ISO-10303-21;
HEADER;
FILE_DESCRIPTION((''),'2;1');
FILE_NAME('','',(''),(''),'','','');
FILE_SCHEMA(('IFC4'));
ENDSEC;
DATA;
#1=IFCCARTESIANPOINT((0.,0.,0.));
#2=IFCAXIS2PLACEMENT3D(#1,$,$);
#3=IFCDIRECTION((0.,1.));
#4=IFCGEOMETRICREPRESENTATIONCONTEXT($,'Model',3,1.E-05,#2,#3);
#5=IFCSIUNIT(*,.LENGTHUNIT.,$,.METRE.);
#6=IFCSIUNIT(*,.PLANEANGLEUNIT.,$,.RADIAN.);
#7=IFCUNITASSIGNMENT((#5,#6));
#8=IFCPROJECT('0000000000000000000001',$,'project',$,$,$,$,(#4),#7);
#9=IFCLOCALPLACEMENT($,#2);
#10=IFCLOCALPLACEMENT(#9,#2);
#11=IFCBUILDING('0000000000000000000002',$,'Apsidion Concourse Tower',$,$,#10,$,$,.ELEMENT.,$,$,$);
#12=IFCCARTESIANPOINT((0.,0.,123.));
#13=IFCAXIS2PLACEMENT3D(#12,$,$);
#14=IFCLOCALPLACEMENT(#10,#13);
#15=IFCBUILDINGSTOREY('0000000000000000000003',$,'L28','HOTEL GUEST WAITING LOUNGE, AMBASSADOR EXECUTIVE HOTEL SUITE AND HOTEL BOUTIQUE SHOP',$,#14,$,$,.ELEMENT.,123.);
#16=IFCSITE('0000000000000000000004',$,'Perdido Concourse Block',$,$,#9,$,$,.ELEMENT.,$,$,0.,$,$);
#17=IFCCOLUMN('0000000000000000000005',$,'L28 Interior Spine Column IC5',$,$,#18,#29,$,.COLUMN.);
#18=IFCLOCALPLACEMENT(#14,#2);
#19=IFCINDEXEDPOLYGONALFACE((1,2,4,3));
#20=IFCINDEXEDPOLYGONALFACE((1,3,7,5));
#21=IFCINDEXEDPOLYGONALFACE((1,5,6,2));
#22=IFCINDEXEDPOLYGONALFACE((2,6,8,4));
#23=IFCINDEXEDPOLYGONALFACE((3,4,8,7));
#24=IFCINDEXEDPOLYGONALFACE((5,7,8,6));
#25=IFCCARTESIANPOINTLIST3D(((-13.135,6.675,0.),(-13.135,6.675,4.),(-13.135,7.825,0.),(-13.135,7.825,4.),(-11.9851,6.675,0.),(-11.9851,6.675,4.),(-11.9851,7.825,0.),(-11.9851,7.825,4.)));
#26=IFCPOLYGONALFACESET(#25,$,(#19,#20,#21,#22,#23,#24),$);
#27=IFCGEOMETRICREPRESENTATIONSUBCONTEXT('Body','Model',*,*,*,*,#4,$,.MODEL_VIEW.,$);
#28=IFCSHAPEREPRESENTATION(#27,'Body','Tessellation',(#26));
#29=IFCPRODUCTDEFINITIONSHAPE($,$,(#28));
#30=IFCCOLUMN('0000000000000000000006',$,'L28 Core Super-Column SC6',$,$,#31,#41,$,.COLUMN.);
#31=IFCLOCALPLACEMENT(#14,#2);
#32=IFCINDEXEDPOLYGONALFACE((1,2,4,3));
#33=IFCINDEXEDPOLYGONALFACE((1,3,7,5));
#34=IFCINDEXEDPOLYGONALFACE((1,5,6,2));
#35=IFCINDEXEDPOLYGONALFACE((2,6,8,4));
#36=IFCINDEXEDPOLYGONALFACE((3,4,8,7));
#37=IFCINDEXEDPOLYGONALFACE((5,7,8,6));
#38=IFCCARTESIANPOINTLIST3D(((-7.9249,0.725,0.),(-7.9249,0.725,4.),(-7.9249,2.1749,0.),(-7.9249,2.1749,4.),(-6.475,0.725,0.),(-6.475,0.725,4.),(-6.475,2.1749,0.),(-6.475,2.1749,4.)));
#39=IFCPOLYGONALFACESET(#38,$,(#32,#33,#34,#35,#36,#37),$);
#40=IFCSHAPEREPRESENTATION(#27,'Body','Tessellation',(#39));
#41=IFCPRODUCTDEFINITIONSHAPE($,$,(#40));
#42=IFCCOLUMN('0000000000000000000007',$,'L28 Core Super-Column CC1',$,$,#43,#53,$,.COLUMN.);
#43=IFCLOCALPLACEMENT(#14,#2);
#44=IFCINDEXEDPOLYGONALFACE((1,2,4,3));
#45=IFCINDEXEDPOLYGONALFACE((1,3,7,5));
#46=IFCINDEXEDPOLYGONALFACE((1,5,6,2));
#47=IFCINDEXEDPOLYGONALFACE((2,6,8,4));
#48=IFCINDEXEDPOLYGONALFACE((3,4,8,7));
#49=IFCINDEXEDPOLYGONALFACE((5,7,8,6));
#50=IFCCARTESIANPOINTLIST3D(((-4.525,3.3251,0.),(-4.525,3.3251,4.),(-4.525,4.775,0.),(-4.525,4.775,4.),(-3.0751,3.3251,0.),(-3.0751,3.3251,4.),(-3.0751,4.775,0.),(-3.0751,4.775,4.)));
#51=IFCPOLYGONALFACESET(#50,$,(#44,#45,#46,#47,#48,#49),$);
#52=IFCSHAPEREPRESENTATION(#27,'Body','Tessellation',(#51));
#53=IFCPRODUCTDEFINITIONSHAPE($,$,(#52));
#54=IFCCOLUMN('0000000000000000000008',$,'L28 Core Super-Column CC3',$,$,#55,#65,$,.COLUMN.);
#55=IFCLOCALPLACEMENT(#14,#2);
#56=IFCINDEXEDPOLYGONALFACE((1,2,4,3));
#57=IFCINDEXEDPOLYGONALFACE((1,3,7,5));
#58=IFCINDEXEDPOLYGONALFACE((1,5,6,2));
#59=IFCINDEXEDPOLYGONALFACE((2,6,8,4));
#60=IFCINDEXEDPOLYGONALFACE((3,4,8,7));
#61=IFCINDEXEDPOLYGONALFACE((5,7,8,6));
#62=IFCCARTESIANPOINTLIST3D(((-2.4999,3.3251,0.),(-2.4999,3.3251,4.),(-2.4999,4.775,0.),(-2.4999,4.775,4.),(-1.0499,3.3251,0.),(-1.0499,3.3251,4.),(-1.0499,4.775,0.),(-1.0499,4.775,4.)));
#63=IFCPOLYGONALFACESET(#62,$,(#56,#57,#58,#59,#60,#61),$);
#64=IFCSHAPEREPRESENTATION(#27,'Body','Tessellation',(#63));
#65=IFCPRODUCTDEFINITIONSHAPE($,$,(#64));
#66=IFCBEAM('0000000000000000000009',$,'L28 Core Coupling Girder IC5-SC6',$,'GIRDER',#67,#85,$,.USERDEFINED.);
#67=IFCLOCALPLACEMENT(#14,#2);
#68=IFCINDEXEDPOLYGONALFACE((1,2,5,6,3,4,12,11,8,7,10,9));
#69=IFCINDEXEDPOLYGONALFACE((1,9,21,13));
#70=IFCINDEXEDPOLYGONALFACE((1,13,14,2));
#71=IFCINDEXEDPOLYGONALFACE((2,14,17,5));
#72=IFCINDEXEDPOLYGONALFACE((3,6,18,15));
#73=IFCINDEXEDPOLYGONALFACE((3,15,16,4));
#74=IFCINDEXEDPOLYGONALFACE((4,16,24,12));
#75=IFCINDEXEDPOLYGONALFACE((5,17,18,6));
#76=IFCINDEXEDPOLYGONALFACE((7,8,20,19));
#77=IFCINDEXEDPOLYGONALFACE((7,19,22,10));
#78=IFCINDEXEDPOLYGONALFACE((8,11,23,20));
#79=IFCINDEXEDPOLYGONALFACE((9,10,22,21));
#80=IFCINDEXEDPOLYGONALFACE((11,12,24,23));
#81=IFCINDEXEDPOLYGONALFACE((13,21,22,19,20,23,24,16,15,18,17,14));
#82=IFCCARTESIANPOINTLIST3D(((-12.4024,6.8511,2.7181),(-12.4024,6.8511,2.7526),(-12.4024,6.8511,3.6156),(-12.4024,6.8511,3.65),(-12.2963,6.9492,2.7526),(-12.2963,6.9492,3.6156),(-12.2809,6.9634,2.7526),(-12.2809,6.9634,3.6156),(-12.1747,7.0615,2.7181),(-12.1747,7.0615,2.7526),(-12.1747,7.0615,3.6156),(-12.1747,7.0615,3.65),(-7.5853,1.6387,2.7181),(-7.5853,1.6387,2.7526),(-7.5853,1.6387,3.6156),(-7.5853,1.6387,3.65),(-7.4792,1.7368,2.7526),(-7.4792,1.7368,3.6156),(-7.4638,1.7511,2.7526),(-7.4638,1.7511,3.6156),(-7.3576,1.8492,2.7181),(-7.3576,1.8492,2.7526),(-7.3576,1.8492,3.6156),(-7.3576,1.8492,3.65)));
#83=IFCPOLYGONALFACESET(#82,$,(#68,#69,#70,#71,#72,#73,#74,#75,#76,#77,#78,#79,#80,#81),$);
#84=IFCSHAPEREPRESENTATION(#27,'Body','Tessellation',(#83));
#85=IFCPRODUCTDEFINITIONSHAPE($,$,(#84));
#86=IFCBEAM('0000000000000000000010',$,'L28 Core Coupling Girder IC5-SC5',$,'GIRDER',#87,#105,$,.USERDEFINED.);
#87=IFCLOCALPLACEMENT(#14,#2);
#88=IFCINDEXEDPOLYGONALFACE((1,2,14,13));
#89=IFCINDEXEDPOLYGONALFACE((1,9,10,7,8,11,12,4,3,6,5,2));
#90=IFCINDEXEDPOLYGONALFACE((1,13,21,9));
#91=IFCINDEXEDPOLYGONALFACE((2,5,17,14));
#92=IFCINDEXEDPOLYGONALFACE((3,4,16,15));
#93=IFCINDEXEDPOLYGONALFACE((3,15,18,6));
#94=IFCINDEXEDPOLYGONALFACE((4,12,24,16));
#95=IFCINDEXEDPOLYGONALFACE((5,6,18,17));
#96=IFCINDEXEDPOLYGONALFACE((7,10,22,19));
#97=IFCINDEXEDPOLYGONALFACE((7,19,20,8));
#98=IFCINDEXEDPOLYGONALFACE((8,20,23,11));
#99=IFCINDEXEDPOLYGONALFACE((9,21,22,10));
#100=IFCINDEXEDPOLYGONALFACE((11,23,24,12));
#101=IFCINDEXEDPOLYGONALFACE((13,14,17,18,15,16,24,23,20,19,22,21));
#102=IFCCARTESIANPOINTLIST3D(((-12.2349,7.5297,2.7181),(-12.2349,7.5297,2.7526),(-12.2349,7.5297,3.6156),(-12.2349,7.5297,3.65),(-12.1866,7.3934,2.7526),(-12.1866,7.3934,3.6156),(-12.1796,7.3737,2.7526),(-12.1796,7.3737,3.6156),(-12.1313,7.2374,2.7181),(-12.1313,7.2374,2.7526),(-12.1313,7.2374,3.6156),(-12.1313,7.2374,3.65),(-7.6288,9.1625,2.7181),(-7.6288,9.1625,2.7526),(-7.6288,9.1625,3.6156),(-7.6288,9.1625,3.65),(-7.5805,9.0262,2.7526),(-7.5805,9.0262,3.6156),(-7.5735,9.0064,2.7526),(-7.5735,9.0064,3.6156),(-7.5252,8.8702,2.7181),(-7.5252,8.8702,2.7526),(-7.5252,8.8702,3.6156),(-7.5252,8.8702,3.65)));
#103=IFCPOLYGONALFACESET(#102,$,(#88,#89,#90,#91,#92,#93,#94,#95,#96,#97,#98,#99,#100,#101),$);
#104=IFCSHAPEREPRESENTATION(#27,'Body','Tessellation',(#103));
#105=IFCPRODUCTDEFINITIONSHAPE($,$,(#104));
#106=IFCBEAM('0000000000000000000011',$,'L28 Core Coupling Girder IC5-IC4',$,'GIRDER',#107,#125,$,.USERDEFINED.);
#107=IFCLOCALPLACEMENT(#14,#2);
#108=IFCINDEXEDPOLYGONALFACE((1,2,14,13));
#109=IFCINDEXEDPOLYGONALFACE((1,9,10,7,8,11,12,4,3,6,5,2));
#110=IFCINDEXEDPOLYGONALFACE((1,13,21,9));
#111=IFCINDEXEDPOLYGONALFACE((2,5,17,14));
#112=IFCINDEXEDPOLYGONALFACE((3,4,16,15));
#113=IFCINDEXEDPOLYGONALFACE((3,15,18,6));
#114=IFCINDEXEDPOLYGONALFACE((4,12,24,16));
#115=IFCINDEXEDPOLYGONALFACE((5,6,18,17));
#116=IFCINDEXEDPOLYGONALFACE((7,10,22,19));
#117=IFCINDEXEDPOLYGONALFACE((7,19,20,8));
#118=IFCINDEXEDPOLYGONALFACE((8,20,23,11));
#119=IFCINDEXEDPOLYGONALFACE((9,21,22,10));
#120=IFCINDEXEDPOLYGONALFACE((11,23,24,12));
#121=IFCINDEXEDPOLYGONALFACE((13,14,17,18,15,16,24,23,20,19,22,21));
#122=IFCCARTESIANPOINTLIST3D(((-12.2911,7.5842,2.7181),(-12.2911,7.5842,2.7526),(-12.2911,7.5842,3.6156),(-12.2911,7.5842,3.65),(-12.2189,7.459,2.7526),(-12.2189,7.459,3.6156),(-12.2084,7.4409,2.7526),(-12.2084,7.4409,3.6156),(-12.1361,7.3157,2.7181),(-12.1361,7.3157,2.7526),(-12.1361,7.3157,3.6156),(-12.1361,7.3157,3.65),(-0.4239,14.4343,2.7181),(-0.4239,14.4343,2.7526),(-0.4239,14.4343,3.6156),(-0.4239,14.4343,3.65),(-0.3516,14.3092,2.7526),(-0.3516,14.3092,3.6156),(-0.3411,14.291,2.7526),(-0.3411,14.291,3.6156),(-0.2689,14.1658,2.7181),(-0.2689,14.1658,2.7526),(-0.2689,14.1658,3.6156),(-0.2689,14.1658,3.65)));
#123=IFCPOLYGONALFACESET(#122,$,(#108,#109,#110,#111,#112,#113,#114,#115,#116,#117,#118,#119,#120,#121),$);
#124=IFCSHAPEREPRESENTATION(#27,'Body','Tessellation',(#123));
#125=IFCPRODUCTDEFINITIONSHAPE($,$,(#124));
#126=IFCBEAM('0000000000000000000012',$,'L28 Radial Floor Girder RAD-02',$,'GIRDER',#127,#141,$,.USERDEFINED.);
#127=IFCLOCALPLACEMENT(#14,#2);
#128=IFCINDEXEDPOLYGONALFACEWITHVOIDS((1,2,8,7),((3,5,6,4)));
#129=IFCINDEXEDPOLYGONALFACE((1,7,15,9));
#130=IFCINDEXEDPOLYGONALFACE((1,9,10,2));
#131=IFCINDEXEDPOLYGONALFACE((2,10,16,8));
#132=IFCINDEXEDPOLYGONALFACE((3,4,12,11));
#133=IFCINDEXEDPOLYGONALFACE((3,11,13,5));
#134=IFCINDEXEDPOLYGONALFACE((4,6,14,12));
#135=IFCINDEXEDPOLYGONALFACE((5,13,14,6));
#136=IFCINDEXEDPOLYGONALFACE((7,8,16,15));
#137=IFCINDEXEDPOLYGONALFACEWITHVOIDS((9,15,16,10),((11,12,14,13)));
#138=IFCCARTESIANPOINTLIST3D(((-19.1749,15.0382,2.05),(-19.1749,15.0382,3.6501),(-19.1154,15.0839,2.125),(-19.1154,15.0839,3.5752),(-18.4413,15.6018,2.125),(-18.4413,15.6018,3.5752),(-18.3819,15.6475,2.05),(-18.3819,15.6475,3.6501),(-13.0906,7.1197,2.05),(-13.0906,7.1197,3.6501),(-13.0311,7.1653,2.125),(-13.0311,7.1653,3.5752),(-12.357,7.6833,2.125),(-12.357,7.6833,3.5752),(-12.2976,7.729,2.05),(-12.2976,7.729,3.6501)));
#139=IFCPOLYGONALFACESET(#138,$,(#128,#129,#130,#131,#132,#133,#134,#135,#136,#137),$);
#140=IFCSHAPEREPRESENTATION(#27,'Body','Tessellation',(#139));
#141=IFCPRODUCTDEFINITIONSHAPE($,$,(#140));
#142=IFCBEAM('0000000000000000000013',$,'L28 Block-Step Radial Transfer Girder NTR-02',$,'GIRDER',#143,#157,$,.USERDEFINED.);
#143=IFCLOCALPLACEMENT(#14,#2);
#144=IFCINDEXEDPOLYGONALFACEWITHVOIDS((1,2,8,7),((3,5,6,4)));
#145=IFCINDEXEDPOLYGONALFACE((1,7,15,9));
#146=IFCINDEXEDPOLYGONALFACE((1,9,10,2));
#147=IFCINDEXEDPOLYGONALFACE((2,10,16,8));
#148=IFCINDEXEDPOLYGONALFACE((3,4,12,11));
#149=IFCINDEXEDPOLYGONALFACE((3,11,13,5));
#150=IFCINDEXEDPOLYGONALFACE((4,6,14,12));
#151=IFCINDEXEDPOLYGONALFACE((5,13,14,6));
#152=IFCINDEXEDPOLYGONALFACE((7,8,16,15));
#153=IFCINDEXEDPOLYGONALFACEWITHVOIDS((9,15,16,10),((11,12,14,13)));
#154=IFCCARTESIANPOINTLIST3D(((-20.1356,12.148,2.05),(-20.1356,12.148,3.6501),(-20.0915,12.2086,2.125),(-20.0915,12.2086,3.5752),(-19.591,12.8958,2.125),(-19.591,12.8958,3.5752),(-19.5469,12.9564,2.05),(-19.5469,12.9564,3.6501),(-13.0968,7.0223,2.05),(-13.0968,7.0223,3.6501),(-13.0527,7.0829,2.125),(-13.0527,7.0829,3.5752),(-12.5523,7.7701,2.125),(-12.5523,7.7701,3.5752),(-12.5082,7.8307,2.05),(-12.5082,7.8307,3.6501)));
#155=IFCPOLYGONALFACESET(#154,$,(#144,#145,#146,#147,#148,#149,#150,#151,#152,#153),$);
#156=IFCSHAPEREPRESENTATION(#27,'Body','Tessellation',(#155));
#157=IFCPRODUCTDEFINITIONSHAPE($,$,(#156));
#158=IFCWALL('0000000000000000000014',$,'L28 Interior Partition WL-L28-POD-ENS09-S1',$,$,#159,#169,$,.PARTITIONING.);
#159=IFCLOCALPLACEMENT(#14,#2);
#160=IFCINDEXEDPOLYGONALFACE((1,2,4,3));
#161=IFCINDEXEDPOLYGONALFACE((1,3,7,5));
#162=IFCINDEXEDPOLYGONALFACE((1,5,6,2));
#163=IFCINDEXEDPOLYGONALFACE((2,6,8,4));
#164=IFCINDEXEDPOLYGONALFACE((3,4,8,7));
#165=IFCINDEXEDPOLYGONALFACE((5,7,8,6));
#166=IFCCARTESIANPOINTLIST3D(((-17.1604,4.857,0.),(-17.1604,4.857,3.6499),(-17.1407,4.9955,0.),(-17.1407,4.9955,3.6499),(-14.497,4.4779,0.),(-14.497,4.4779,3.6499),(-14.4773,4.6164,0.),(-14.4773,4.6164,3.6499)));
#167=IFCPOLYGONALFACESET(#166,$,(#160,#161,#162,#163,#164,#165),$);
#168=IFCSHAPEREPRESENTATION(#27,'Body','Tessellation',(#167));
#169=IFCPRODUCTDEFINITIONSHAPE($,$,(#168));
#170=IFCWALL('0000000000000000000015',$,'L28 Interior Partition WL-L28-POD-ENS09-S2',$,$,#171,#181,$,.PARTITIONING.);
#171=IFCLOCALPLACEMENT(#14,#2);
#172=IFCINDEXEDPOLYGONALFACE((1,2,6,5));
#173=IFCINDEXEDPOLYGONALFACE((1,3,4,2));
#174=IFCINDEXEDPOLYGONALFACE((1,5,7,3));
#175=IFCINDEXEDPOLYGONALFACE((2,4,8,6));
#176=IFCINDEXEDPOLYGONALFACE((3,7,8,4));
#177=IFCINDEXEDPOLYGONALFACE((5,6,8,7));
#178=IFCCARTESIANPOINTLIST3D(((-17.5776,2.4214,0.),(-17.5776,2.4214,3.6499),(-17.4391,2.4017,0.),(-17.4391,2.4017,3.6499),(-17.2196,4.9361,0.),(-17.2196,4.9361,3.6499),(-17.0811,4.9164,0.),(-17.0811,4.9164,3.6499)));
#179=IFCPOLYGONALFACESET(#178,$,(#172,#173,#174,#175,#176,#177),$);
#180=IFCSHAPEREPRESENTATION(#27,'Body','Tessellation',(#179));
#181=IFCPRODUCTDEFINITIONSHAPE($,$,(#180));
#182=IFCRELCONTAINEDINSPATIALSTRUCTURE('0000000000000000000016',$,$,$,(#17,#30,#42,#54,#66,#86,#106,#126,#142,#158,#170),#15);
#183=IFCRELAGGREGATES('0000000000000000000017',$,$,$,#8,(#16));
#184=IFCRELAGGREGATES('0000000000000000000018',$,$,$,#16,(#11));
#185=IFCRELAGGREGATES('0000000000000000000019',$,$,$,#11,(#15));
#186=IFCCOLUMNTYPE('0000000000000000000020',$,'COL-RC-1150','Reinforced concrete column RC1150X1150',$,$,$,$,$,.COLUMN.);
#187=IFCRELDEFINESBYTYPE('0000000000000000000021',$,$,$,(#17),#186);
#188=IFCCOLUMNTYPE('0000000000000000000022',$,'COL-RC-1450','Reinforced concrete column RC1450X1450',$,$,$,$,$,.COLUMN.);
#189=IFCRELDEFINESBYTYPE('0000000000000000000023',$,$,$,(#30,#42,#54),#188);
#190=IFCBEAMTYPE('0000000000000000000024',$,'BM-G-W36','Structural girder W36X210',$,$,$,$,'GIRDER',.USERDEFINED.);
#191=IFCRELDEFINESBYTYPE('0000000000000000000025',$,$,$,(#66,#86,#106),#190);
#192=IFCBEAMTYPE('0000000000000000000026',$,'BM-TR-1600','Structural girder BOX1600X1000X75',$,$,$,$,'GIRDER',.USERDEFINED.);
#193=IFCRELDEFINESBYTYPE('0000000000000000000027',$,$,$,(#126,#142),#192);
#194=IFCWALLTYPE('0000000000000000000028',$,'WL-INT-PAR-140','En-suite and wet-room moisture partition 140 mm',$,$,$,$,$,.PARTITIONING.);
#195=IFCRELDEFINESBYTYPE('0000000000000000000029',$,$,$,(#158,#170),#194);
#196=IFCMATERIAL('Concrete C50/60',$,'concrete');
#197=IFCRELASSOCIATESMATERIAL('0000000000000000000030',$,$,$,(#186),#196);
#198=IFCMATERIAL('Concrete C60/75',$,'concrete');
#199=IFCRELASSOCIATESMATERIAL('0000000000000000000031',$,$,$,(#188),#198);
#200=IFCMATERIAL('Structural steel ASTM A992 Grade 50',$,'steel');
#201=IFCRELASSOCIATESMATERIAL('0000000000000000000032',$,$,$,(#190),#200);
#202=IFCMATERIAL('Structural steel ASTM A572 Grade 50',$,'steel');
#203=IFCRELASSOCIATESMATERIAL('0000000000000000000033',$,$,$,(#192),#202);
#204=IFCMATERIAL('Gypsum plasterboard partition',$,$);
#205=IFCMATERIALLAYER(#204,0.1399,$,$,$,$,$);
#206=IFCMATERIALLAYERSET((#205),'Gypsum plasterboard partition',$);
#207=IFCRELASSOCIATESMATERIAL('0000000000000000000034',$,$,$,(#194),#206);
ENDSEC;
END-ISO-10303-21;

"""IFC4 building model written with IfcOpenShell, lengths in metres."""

from ifc_helpers import new_model, si_unit, direction, frame, frame_2d, origin, origin_2d, place, context, subcontext, project, spatial, rectangle, hollow_rectangle, i_section, extrude, material, layer, layer_set, material_profile, profile_set, type_object, element, save


model = new_model("IFC4")

# Units and contexts
model_context = context("Model", 3, precision=1e-05, world=origin(), true_north=direction((0.0, 1.0)))
body_context = subcontext(model_context, "Body", "Model", "MODEL_VIEW")
ifc_project = project(units=[si_unit("LENGTHUNIT", "METRE"), si_unit("PLANEANGLEUNIT", "RADIAN")], contexts=[model_context])

# Site, building, storey
site_placement = place(None, origin())
site = spatial("IfcSite", under=ifc_project, at=site_placement, Name="Perdido Concourse Block", CompositionType="ELEMENT", RefElevation=0.0)
building_placement = place(site_placement, origin())
building = spatial("IfcBuilding", under=site, at=building_placement, Name="Apsidion Concourse Tower", CompositionType="ELEMENT")
storey_placement = place(building_placement, frame((0.0, 0.0, 123.0)))
storey = spatial("IfcBuildingStorey", under=building, at=storey_placement, Name="L28", Description="HOTEL GUEST WAITING LOUNGE, AMBASSADOR EXECUTIVE HOTEL SUITE AND HOTEL BOUTIQUE SHOP", CompositionType="ELEMENT", Elevation=123.0)

# Columns
ifc_material_1 = material(Name="Concrete C50/60", Category="concrete")
ifc_material_profile_1 = material_profile(ifc_material_1, rectangle(XDim=1.1499, YDim=1.1499, at=origin_2d()), Name="RC 1150x1150")
ifc_profile_set_1 = profile_set([ifc_material_profile_1], Name="Concrete C50/60")
column_type_1 = type_object("IfcColumnType", Name="COL-RC-1150", Description="Reinforced concrete column RC1150X1150", PredefinedType="COLUMN", material=ifc_profile_set_1)
column_placement = place(storey_placement, frame((-12.5601, 7.25, 0.0), z_axis=(0.0, 0.0, 1.0), x_axis=(1.0, 0.0, 0.0)))
element("IfcColumn", 1, at=column_placement, inside=storey, type_object=column_type_1, Name="L28 Interior Spine Column IC5", PredefinedType="COLUMN", context=body_context, shape_type="SweptSolid", body=[
    extrude(rectangle(XDim=1.1499, YDim=1.1499, at=origin_2d()), origin(), (0.0, 0.0, 1.0), 4.0),
])
ifc_material_2 = material(Name="Concrete C60/75", Category="concrete")
ifc_material_profile_2 = material_profile(ifc_material_2, rectangle(XDim=1.45, YDim=1.45, at=origin_2d()), Name="RC 1450x1450")
ifc_profile_set_2 = profile_set([ifc_material_profile_2], Name="Concrete C60/75")
column_type_2 = type_object("IfcColumnType", Name="COL-RC-1450", Description="Reinforced concrete column RC1450X1450", PredefinedType="COLUMN", material=ifc_profile_set_2)
for number, where, z_axis, x_axis, name in (
    (2, (-7.2, 1.45, 0.0), (0.0, 0.0, 1.0), (1.0, 0.0, 0.0), "L28 Core Super-Column SC6"),
    (3, (-3.8, 4.05, 0.0), (0.0, 0.0, 1.0), (1.0, 0.0, 0.0), "L28 Core Super-Column CC1"),
    (4, (-1.7749, 4.05, 0.0), (0.0, 0.0, 1.0), (1.0, 0.0, 0.0), "L28 Core Super-Column CC3"),
):
    element("IfcColumn", number, at=place(storey_placement, frame(where, z_axis=z_axis, x_axis=x_axis)), inside=storey, type_object=column_type_2, Name=name, PredefinedType="COLUMN", context=body_context, shape_type="SweptSolid", body=[
        extrude(rectangle(XDim=1.45, YDim=1.45, at=origin_2d()), origin(), (0.0, 0.0, 1.0), 4.0),
    ])

# Beams
ifc_material_3 = material(Name="Structural steel ASTM A992 Grade 50", Category="steel")
ifc_material_profile_3 = material_profile(ifc_material_3, i_section(OverallWidth=0.3101, OverallDepth=0.9319, WebThickness=0.021, FlangeThickness=0.0344, at=origin_2d()), Name="W36X210")
ifc_profile_set_3 = profile_set([ifc_material_profile_3], Name="Structural steel ASTM A992 Grade 50")
beam_type_1 = type_object("IfcBeamType", Name="BM-G-W36", Description="Structural girder W36X210", ElementType="GIRDER", PredefinedType="USERDEFINED", material=ifc_profile_set_3)
beam_1_placement = place(storey_placement, frame((-12.2886, 6.9563, 3.1841), z_axis=(0.678713, -0.734404, 0.0), x_axis=(0.734404, 0.678713, 0.0)))
element("IfcBeam", 5, at=beam_1_placement, inside=storey, type_object=beam_type_1, Name="L28 Core Coupling Girder IC5-SC6", ObjectType="GIRDER", PredefinedType="USERDEFINED", context=body_context, shape_type="SweptSolid", body=[
    extrude(i_section(OverallWidth=0.3101, OverallDepth=0.9319, WebThickness=0.021, FlangeThickness=0.0344, at=origin_2d()), origin(), (0.0, 0.0, 1.0), 7.0974),
])
beam_2_placement = place(storey_placement, frame((-12.1831, 7.3835, 3.1841), z_axis=(0.942534, 0.334111, 0.0), x_axis=(-0.334111, 0.942534, 0.0)))
element("IfcBeam", 6, at=beam_2_placement, inside=storey, type_object=beam_type_1, Name="L28 Core Coupling Girder IC5-SC5", ObjectType="GIRDER", PredefinedType="USERDEFINED", context=body_context, shape_type="SweptSolid", body=[
    extrude(i_section(OverallWidth=0.3101, OverallDepth=0.9319, WebThickness=0.021, FlangeThickness=0.0344, at=origin_2d()), origin(), (0.0, 0.0, 1.0), 4.887),
])
beam_3_placement = place(storey_placement, frame((-12.2136, 7.45, 3.1841), z_axis=(0.86607, 0.499922, 0.0), x_axis=(-0.499922, 0.86607, 0.0)))
element("IfcBeam", 7, at=beam_3_placement, inside=storey, type_object=beam_type_1, Name="L28 Core Coupling Girder IC5-IC4", ObjectType="GIRDER", PredefinedType="USERDEFINED", context=body_context, shape_type="SweptSolid", body=[
    extrude(i_section(OverallWidth=0.3101, OverallDepth=0.9319, WebThickness=0.021, FlangeThickness=0.0344, at=origin_2d()), origin(), (0.0, 0.0, 1.0), 13.7024),
])
ifc_material_4 = material(Name="Structural steel ASTM A572 Grade 50", Category="steel")
ifc_material_profile_4 = material_profile(ifc_material_4, hollow_rectangle(XDim=1.0, YDim=1.6001, WallThickness=0.075, at=origin_2d()), Name="BOX1600X1000X75")
ifc_profile_set_4 = profile_set([ifc_material_profile_4], Name="Structural steel ASTM A572 Grade 50")
beam_type_2 = type_object("IfcBeamType", Name="BM-TR-1600", Description="Structural girder BOX1600X1000X75", ElementType="GIRDER", PredefinedType="USERDEFINED", material=ifc_profile_set_4)
beam_4_placement = place(storey_placement, frame((-12.6941, 7.4243, 2.8501), z_axis=(-0.609277, 0.792957, 0.0), x_axis=(-0.792957, -0.609277, 0.0)))
element("IfcBeam", 8, at=beam_4_placement, inside=storey, type_object=beam_type_2, Name="L28 Radial Floor Girder RAD-02", ObjectType="GIRDER", PredefinedType="USERDEFINED", context=body_context, shape_type="SweptSolid", body=[
    extrude(hollow_rectangle(XDim=1.0, YDim=1.6001, WallThickness=0.075, at=origin_2d()), origin(), (0.0, 0.0, 1.0), 9.9861),
])
beam_5_placement = place(storey_placement, frame((-12.8025, 7.4265, 2.8501), z_axis=(-0.808376, 0.588667, 0.0), x_axis=(-0.588667, -0.808376, 0.0)))
element("IfcBeam", 9, at=beam_5_placement, inside=storey, type_object=beam_type_2, Name="L28 Block-Step Radial Transfer Girder NTR-02", ObjectType="GIRDER", PredefinedType="USERDEFINED", context=body_context, shape_type="SweptSolid", body=[
    extrude(hollow_rectangle(XDim=1.0, YDim=1.6001, WallThickness=0.075, at=origin_2d()), origin(), (0.0, 0.0, 1.0), 8.7073),
])

# Walls
ifc_material_5 = material(Name="Gypsum plasterboard partition")
ifc_layer_1 = layer(ifc_material_5, 0.1399)
ifc_layer_set_1 = layer_set([ifc_layer_1], Name="Gypsum plasterboard partition")
wall_type_1 = type_object("IfcWallType", Name="WL-INT-PAR-140", Description="En-suite and wet-room moisture partition 140 mm", PredefinedType="PARTITIONING", material=ifc_layer_set_1)
wall_1_placement = place(storey_placement, frame((-14.4871, 4.5471, 0.0), z_axis=(0.0, 0.0, 1.0), x_axis=(-0.990018, 0.140939, 0.0)))
element("IfcWall", 10, at=wall_1_placement, inside=storey, type_object=wall_type_1, Name="L28 Interior Partition WL-L28-POD-ENS09-S1", PredefinedType="PARTITIONING", context=body_context, shape_type="SweptSolid", body=[
    extrude(rectangle(XDim=2.6902, YDim=0.1399, at=frame_2d((1.3452, 0.0))), origin(), (0.0, 0.0, 1.0), 3.6499),
])
wall_2_placement = place(storey_placement, frame((-17.1504, 4.9263, 0.0), z_axis=(0.0, 0.0, 1.0), x_axis=(-0.14091, -0.990022, 0.0)))
element("IfcWall", 11, at=wall_2_placement, inside=storey, type_object=wall_type_1, Name="L28 Interior Partition WL-L28-POD-ENS09-S2", PredefinedType="PARTITIONING", context=body_context, shape_type="SweptSolid", body=[
    extrude(rectangle(XDim=2.54, YDim=0.1399, at=frame_2d((1.27, 0.0))), origin(), (0.0, 0.0, 1.0), 3.6499),
])

save(model, "model.ifc")
